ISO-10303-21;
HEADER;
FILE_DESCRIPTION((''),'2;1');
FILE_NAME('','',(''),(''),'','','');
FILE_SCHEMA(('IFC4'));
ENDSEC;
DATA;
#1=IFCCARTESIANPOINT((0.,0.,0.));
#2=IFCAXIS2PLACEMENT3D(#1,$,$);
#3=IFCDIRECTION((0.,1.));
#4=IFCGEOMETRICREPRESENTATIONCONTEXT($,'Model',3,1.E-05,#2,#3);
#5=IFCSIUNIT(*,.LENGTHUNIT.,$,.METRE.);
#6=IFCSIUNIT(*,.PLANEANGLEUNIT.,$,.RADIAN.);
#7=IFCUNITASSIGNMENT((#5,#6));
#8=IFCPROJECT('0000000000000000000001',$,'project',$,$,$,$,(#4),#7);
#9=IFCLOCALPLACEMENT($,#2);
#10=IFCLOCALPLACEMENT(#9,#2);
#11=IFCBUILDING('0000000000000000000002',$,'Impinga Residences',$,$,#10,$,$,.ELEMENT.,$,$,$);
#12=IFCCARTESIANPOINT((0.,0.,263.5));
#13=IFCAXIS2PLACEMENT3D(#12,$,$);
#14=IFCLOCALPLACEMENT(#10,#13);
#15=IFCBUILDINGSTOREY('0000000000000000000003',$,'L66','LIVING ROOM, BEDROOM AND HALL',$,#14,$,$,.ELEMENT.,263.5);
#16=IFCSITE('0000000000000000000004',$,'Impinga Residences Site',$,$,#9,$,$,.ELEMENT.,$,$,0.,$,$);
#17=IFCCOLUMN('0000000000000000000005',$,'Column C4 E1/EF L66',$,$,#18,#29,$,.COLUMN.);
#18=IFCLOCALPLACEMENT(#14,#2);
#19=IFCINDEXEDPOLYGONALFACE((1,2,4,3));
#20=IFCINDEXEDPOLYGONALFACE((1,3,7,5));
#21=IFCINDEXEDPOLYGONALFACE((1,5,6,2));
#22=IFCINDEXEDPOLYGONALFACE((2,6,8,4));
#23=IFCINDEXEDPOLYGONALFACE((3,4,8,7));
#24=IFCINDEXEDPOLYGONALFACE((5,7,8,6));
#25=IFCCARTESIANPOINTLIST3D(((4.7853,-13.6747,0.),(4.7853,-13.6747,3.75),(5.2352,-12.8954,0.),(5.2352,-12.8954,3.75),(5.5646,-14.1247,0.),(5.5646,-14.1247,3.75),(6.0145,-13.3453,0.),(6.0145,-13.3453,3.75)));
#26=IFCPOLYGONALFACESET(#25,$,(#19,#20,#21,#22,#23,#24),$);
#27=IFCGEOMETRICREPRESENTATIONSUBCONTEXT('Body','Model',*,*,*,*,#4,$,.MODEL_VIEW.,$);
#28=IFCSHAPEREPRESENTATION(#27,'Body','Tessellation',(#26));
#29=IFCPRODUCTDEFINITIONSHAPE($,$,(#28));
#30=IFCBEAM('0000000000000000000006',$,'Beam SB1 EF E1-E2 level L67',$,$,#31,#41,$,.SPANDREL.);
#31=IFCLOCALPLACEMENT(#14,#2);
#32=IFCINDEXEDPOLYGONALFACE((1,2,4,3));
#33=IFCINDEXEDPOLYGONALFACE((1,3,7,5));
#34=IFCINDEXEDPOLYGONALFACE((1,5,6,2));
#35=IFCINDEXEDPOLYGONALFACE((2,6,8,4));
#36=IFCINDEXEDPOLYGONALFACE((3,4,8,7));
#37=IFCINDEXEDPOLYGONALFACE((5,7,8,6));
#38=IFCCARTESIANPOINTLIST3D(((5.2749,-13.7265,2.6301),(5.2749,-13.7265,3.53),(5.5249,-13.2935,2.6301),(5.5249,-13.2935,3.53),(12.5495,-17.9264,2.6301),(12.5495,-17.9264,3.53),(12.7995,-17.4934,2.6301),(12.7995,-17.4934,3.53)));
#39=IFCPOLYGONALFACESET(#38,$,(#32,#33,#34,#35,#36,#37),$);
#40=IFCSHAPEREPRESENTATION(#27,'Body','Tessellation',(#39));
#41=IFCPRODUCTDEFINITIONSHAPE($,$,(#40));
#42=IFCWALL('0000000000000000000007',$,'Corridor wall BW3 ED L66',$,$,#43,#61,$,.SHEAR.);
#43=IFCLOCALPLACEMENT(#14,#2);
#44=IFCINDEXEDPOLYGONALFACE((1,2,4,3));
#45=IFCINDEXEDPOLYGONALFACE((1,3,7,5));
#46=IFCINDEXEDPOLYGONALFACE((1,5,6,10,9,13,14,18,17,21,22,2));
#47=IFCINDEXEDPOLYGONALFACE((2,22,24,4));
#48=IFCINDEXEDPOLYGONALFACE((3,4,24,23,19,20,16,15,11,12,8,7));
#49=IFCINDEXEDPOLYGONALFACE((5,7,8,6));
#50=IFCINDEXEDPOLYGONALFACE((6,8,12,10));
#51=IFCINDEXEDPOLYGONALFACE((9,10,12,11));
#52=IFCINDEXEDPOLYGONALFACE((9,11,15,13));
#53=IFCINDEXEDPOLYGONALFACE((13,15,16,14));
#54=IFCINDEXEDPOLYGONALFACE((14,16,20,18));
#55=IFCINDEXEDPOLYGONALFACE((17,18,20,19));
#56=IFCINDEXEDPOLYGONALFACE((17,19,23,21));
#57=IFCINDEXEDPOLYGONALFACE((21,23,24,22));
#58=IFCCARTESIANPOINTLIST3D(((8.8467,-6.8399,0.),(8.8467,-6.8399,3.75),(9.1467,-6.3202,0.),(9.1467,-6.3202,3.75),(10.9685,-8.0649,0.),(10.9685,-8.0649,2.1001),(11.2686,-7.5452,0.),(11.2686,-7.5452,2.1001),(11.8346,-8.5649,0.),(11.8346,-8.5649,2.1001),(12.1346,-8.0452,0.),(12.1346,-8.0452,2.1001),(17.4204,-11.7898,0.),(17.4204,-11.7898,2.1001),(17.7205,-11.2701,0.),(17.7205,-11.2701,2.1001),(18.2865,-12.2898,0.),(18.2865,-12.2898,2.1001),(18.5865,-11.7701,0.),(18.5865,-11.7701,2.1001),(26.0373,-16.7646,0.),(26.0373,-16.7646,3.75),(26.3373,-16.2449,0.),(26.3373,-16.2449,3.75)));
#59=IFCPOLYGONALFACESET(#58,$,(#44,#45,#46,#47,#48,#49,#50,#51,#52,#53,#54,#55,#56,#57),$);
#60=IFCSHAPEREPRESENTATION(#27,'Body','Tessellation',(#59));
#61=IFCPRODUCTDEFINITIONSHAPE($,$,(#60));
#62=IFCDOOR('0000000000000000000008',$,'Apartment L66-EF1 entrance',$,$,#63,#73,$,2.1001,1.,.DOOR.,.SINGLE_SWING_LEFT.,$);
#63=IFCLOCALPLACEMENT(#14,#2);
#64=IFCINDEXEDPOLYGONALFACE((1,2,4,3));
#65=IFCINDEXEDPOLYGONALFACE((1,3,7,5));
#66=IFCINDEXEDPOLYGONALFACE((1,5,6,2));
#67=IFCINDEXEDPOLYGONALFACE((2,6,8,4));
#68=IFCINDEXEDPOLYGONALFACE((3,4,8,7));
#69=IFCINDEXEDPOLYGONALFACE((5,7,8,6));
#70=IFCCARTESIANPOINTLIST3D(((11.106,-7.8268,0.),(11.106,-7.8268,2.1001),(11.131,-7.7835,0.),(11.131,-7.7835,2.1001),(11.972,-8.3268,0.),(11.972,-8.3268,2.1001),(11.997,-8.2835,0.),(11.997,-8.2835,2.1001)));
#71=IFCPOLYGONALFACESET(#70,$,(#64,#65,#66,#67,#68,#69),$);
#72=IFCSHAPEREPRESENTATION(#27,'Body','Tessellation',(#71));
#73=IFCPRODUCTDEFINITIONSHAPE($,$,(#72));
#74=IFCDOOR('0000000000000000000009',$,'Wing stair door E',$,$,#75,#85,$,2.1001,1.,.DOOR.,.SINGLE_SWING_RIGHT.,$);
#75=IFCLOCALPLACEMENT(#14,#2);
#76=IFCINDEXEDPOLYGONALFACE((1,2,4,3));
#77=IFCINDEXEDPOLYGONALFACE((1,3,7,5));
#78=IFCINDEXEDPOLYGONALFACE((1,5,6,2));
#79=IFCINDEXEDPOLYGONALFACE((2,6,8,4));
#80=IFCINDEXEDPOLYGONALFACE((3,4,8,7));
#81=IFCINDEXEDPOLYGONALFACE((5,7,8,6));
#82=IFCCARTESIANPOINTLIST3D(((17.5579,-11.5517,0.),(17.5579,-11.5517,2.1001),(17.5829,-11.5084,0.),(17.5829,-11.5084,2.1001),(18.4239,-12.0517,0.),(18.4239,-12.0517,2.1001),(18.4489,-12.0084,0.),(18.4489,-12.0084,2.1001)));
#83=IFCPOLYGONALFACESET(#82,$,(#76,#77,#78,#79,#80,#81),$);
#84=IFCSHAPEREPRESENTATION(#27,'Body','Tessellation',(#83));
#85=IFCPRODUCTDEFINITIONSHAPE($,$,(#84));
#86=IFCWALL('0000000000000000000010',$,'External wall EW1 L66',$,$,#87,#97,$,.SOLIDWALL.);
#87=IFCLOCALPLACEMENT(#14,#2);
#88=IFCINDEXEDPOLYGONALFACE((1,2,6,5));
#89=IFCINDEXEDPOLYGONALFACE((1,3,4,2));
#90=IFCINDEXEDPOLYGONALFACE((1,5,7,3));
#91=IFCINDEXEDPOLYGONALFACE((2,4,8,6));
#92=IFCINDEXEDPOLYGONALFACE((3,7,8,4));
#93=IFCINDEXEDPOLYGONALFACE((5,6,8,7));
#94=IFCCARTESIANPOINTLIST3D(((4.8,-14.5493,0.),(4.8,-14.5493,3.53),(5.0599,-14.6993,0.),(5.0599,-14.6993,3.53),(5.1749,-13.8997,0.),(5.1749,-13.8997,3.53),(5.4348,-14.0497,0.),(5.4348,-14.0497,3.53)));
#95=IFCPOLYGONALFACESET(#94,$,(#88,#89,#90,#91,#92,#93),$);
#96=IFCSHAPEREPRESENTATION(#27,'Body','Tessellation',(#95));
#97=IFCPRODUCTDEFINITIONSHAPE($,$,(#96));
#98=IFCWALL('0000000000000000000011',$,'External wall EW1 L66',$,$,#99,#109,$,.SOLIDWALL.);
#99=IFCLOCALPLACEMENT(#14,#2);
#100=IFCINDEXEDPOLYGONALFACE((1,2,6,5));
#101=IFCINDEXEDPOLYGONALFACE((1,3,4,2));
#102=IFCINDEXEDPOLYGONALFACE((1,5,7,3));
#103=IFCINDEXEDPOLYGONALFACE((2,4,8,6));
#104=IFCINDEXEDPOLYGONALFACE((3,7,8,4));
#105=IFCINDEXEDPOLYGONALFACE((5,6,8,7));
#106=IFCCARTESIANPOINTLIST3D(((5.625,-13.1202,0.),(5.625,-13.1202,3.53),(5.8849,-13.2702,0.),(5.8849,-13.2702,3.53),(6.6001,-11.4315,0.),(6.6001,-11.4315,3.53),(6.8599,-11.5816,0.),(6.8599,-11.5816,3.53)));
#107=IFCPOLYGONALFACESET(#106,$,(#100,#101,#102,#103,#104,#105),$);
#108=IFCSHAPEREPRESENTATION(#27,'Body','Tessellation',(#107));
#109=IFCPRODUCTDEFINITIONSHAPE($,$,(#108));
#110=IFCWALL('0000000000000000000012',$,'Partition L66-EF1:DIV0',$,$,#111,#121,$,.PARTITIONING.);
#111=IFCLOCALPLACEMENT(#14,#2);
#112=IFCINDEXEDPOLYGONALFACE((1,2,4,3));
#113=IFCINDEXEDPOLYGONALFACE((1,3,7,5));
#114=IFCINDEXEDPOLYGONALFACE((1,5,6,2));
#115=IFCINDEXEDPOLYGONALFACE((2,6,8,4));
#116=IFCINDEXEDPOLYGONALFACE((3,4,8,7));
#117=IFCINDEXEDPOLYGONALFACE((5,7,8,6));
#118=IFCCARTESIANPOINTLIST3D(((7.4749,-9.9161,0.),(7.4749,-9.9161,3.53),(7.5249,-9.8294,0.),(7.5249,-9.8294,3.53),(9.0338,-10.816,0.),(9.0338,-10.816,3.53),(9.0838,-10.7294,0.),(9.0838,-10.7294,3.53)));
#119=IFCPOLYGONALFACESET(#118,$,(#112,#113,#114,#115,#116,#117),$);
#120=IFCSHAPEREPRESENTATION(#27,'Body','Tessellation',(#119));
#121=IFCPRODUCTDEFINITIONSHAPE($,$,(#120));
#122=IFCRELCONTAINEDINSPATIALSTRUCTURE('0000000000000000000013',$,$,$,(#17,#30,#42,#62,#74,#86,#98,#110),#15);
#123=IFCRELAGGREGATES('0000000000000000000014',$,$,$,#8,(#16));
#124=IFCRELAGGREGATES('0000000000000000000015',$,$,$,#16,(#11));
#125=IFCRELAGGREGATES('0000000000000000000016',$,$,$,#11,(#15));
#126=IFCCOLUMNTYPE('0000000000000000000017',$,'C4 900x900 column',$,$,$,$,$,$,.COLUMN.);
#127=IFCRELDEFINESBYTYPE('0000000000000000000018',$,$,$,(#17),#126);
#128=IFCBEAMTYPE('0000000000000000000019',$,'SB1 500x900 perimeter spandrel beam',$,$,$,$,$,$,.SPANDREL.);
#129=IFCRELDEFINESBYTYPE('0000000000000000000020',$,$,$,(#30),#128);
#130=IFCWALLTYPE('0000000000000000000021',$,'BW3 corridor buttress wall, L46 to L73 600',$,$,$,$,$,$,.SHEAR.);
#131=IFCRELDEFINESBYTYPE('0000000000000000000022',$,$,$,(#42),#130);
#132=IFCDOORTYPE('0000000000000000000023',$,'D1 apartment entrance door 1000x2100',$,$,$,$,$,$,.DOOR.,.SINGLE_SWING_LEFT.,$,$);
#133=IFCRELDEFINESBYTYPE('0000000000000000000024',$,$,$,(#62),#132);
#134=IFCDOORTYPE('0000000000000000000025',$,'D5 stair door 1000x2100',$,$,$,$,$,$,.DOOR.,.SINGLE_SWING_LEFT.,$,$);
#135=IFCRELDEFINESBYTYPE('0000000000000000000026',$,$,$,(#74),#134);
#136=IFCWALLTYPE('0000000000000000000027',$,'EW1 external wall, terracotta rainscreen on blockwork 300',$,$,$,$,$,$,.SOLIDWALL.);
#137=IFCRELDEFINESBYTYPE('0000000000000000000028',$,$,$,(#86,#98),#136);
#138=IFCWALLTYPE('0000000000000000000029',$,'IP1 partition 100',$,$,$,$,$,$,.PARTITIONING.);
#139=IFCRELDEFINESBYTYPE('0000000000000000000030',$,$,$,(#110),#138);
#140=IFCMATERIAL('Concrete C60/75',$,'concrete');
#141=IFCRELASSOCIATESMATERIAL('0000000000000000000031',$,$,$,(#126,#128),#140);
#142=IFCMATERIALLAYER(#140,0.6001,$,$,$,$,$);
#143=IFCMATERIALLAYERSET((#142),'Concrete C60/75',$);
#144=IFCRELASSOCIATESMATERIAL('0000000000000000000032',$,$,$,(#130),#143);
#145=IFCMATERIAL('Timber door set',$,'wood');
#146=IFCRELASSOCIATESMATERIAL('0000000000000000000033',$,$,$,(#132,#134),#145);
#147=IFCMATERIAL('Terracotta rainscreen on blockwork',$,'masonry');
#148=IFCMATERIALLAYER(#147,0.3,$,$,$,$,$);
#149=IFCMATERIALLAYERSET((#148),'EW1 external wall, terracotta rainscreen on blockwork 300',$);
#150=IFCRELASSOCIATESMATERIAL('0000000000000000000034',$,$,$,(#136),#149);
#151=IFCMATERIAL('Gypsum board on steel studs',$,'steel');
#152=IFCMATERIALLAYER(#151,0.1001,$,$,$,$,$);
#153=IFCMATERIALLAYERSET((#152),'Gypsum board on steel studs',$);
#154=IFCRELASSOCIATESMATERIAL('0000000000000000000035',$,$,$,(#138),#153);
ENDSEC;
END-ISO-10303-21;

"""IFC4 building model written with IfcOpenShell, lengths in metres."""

from ifc_helpers import new_model, si_unit, direction, frame, frame_2d, origin, origin_2d, place, context, subcontext, project, spatial, rectangle, extrude, material, layer, layer_set, material_profile, profile_set, type_object, element, fill, save


model = new_model("IFC4")

# Units and contexts
model_context = context("Model", 3, precision=1e-05, world=origin(), true_north=direction((0.0, 1.0)))
body_context = subcontext(model_context, "Body", "Model", "MODEL_VIEW")
ifc_project = project(units=[si_unit("LENGTHUNIT", "METRE"), si_unit("PLANEANGLEUNIT", "RADIAN")], contexts=[model_context])

# Site, building, storey
site_placement = place(None, origin())
site = spatial("IfcSite", under=ifc_project, at=site_placement, Name="Impinga Residences Site", CompositionType="ELEMENT", RefElevation=0.0)
building_placement = place(site_placement, origin())
building = spatial("IfcBuilding", under=site, at=building_placement, Name="Impinga Residences", CompositionType="ELEMENT")
storey_placement = place(building_placement, frame((0.0, 0.0, 263.5)))
storey = spatial("IfcBuildingStorey", under=building, at=storey_placement, Name="L66", Description="LIVING ROOM, BEDROOM AND HALL", CompositionType="ELEMENT", Elevation=263.5)

# Column
ifc_material_1 = material(Name="Concrete C60/75", Category="concrete")
ifc_material_profile_1 = material_profile(ifc_material_1, rectangle(XDim=0.8999, YDim=0.8999, at=origin_2d()), Name="RC 900x900")
ifc_profile_set_1 = profile_set([ifc_material_profile_1], Name="Concrete C60/75")
column_type = type_object("IfcColumnType", Name="C4 900x900 column", PredefinedType="COLUMN", material=ifc_profile_set_1)
column_placement = place(storey_placement, frame((5.3999, -13.51, 0.0), z_axis=(0.0, 0.0, 1.0), x_axis=(-0.5, -0.866025, 0.0)))
element("IfcColumn", 1, at=column_placement, inside=storey, type_object=column_type, Name="Column C4 E1/EF L66", PredefinedType="COLUMN", context=body_context, shape_type="SweptSolid", body=[
    extrude(rectangle(XDim=0.8999, YDim=0.8999, at=origin_2d()), origin(), (0.0, 0.0, 1.0), 3.75),
])

# Beam
ifc_material_profile_2 = material_profile(ifc_material_1, rectangle(XDim=0.5, YDim=0.8999, at=origin_2d()), Name="RC 500x900")
ifc_profile_set_2 = profile_set([ifc_material_profile_2], Name="Concrete C60/75")
beam_type = type_object("IfcBeamType", Name="SB1 500x900 perimeter spandrel beam", PredefinedType="SPANDREL", material=ifc_profile_set_2)
beam_placement = place(storey_placement, frame((5.3999, -13.51, 3.0801), z_axis=(0.866029, -0.499993, 0.0), x_axis=(0.499993, 0.866029, 0.0)))
element("IfcBeam", 2, at=beam_placement, inside=storey, type_object=beam_type, Name="Beam SB1 EF E1-E2 level L67", PredefinedType="SPANDREL", context=body_context, shape_type="SweptSolid", body=[
    extrude(rectangle(XDim=0.5, YDim=0.8999, at=origin_2d()), origin(), (0.0, 0.0, 1.0), 8.3999),
])

# Wall, openings, doors
ifc_layer_1 = layer(ifc_material_1, 0.6001)
ifc_layer_set_1 = layer_set([ifc_layer_1], Name="Concrete C60/75")
wall_type_1 = type_object("IfcWallType", Name="BW3 corridor buttress wall, L46 to L73 600", PredefinedType="SHEAR", material=ifc_layer_set_1)
wall_1_placement = place(storey_placement, frame((8.9968, -6.5801, 0.0), z_axis=(0.0, 0.0, 1.0), x_axis=(0.866031, -0.499991, 0.0)))
wall_1 = element("IfcWall", 3, at=wall_1_placement, inside=storey, type_object=wall_type_1, Name="Corridor wall BW3 ED L66", PredefinedType="SHEAR", context=body_context, shape_type="SweptSolid", body=[
    extrude(rectangle(XDim=19.8499, YDim=0.6001, at=frame_2d((9.9248, 0.0))), origin(), (0.0, 0.0, 1.0), 3.75),
])
opening_1_placement = place(wall_1_placement, frame((9.8999, 0.0, 0.0)))
opening_1 = element("IfcOpeningElement", 4, at=opening_1_placement, cuts=wall_1, PredefinedType="OPENING", context=body_context, shape_type="SweptSolid", body=[
    extrude(rectangle(XDim=1.0, YDim=2.1001, at=frame_2d((0.5, 1.05))), frame((0.0, 0.3101, 0.0), z_axis=(0.0, -1.0, 0.0), x_axis=(1.0, 0.0, 0.0)), (0.0, 0.0, 1.0), 0.6201),
])
opening_2_placement = place(wall_1_placement, frame((2.45, 0.0, 0.0)))
opening_2 = element("IfcOpeningElement", 5, at=opening_2_placement, cuts=wall_1, PredefinedType="OPENING", context=body_context, shape_type="SweptSolid", body=[
    extrude(rectangle(XDim=1.0, YDim=2.1001, at=frame_2d((0.5, 1.05))), frame((0.0, 0.3101, 0.0), z_axis=(0.0, -1.0, 0.0), x_axis=(1.0, 0.0, 0.0)), (0.0, 0.0, 1.0), 0.6201),
])
ifc_material_2 = material(Name="Timber door set", Category="wood")
door_type_1 = type_object("IfcDoorType", Name="D1 apartment entrance door 1000x2100", OperationType="SINGLE_SWING_LEFT", PredefinedType="DOOR", material=ifc_material_2)
door_1_placement = place(opening_2_placement, origin())
door_1 = element("IfcDoor", 6, at=door_1_placement, inside=storey, type_object=door_type_1, Name="Apartment L66-EF1 entrance", OperationType="SINGLE_SWING_LEFT", OverallHeight=2.1001, OverallWidth=1.0, PredefinedType="DOOR", context=body_context, shape_type="SweptSolid", body=[
    extrude(rectangle(XDim=1.0, YDim=2.1001, at=frame_2d((0.5, 1.05))), frame((0.0, 0.0249, 0.0), z_axis=(0.0, -1.0, 0.0), x_axis=(1.0, 0.0, 0.0)), (0.0, 0.0, 1.0), 0.05),
])
fill(opening_2, door_1)
door_type_2 = type_object("IfcDoorType", Name="D5 stair door 1000x2100", OperationType="SINGLE_SWING_LEFT", PredefinedType="DOOR", material=ifc_material_2)
door_2_placement = place(opening_1_placement, origin())
door_2 = element("IfcDoor", 7, at=door_2_placement, inside=storey, type_object=door_type_2, Name="Wing stair door E", OperationType="SINGLE_SWING_RIGHT", OverallHeight=2.1001, OverallWidth=1.0, PredefinedType="DOOR", context=body_context, shape_type="SweptSolid", body=[
    extrude(rectangle(XDim=1.0, YDim=2.1001, at=frame_2d((0.5, 1.05))), frame((0.0, 0.0249, 0.0), z_axis=(0.0, -1.0, 0.0), x_axis=(1.0, 0.0, 0.0)), (0.0, 0.0, 1.0), 0.05),
])
fill(opening_1, door_2)

# Walls
ifc_material_3 = material(Name="Terracotta rainscreen on blockwork", Category="masonry")
ifc_layer_2 = layer(ifc_material_3, 0.3)
ifc_layer_set_2 = layer_set([ifc_layer_2], Name="EW1 external wall, terracotta rainscreen on blockwork 300")
wall_type_2 = type_object("IfcWallType", Name="EW1 external wall, terracotta rainscreen on blockwork 300", PredefinedType="SOLIDWALL", material=ifc_layer_set_2)
wall_2_placement = place(storey_placement, frame((4.9299, -14.6243, 0.0), z_axis=(0.0, 0.0, 1.0), x_axis=(0.49992, 0.866072, 0.0)))
element("IfcWall", 8, at=wall_2_placement, inside=storey, type_object=wall_type_2, Name="External wall EW1 L66", PredefinedType="SOLIDWALL", context=body_context, shape_type="SweptSolid", body=[
    extrude(rectangle(XDim=0.75, YDim=0.3, at=frame_2d((0.375, 0.0))), origin(), (0.0, 0.0, 1.0), 3.53),
])
wall_3_placement = place(storey_placement, frame((5.7549, -13.1953, 0.0), z_axis=(0.0, 0.0, 1.0), x_axis=(0.500044, 0.866, 0.0)))
element("IfcWall", 9, at=wall_3_placement, inside=storey, type_object=wall_type_2, Name="External wall EW1 L66", PredefinedType="SOLIDWALL", context=body_context, shape_type="SweptSolid", body=[
    extrude(rectangle(XDim=1.95, YDim=0.3, at=frame_2d((0.9751, 0.0))), origin(), (0.0, 0.0, 1.0), 3.53),
])
ifc_material_4 = material(Name="Gypsum board on steel studs", Category="steel")
ifc_layer_3 = layer(ifc_material_4, 0.1001)
ifc_layer_set_3 = layer_set([ifc_layer_3], Name="Gypsum board on steel studs")
wall_type_3 = type_object("IfcWallType", Name="IP1 partition 100", PredefinedType="PARTITIONING", material=ifc_layer_set_3)
wall_4_placement = place(storey_placement, frame((7.5, -9.8728, 0.0), z_axis=(0.0, 0.0, 1.0), x_axis=(0.866048, -0.499961, 0.0)))
element("IfcWall", 10, at=wall_4_placement, inside=storey, type_object=wall_type_3, Name="Partition L66-EF1:DIV0", PredefinedType="PARTITIONING", context=body_context, shape_type="SweptSolid", body=[
    extrude(rectangle(XDim=1.8, YDim=0.1001, at=frame_2d((0.8999, 0.0))), origin(), (0.0, 0.0, 1.0), 3.53),
])

save(model, "model.ifc")
